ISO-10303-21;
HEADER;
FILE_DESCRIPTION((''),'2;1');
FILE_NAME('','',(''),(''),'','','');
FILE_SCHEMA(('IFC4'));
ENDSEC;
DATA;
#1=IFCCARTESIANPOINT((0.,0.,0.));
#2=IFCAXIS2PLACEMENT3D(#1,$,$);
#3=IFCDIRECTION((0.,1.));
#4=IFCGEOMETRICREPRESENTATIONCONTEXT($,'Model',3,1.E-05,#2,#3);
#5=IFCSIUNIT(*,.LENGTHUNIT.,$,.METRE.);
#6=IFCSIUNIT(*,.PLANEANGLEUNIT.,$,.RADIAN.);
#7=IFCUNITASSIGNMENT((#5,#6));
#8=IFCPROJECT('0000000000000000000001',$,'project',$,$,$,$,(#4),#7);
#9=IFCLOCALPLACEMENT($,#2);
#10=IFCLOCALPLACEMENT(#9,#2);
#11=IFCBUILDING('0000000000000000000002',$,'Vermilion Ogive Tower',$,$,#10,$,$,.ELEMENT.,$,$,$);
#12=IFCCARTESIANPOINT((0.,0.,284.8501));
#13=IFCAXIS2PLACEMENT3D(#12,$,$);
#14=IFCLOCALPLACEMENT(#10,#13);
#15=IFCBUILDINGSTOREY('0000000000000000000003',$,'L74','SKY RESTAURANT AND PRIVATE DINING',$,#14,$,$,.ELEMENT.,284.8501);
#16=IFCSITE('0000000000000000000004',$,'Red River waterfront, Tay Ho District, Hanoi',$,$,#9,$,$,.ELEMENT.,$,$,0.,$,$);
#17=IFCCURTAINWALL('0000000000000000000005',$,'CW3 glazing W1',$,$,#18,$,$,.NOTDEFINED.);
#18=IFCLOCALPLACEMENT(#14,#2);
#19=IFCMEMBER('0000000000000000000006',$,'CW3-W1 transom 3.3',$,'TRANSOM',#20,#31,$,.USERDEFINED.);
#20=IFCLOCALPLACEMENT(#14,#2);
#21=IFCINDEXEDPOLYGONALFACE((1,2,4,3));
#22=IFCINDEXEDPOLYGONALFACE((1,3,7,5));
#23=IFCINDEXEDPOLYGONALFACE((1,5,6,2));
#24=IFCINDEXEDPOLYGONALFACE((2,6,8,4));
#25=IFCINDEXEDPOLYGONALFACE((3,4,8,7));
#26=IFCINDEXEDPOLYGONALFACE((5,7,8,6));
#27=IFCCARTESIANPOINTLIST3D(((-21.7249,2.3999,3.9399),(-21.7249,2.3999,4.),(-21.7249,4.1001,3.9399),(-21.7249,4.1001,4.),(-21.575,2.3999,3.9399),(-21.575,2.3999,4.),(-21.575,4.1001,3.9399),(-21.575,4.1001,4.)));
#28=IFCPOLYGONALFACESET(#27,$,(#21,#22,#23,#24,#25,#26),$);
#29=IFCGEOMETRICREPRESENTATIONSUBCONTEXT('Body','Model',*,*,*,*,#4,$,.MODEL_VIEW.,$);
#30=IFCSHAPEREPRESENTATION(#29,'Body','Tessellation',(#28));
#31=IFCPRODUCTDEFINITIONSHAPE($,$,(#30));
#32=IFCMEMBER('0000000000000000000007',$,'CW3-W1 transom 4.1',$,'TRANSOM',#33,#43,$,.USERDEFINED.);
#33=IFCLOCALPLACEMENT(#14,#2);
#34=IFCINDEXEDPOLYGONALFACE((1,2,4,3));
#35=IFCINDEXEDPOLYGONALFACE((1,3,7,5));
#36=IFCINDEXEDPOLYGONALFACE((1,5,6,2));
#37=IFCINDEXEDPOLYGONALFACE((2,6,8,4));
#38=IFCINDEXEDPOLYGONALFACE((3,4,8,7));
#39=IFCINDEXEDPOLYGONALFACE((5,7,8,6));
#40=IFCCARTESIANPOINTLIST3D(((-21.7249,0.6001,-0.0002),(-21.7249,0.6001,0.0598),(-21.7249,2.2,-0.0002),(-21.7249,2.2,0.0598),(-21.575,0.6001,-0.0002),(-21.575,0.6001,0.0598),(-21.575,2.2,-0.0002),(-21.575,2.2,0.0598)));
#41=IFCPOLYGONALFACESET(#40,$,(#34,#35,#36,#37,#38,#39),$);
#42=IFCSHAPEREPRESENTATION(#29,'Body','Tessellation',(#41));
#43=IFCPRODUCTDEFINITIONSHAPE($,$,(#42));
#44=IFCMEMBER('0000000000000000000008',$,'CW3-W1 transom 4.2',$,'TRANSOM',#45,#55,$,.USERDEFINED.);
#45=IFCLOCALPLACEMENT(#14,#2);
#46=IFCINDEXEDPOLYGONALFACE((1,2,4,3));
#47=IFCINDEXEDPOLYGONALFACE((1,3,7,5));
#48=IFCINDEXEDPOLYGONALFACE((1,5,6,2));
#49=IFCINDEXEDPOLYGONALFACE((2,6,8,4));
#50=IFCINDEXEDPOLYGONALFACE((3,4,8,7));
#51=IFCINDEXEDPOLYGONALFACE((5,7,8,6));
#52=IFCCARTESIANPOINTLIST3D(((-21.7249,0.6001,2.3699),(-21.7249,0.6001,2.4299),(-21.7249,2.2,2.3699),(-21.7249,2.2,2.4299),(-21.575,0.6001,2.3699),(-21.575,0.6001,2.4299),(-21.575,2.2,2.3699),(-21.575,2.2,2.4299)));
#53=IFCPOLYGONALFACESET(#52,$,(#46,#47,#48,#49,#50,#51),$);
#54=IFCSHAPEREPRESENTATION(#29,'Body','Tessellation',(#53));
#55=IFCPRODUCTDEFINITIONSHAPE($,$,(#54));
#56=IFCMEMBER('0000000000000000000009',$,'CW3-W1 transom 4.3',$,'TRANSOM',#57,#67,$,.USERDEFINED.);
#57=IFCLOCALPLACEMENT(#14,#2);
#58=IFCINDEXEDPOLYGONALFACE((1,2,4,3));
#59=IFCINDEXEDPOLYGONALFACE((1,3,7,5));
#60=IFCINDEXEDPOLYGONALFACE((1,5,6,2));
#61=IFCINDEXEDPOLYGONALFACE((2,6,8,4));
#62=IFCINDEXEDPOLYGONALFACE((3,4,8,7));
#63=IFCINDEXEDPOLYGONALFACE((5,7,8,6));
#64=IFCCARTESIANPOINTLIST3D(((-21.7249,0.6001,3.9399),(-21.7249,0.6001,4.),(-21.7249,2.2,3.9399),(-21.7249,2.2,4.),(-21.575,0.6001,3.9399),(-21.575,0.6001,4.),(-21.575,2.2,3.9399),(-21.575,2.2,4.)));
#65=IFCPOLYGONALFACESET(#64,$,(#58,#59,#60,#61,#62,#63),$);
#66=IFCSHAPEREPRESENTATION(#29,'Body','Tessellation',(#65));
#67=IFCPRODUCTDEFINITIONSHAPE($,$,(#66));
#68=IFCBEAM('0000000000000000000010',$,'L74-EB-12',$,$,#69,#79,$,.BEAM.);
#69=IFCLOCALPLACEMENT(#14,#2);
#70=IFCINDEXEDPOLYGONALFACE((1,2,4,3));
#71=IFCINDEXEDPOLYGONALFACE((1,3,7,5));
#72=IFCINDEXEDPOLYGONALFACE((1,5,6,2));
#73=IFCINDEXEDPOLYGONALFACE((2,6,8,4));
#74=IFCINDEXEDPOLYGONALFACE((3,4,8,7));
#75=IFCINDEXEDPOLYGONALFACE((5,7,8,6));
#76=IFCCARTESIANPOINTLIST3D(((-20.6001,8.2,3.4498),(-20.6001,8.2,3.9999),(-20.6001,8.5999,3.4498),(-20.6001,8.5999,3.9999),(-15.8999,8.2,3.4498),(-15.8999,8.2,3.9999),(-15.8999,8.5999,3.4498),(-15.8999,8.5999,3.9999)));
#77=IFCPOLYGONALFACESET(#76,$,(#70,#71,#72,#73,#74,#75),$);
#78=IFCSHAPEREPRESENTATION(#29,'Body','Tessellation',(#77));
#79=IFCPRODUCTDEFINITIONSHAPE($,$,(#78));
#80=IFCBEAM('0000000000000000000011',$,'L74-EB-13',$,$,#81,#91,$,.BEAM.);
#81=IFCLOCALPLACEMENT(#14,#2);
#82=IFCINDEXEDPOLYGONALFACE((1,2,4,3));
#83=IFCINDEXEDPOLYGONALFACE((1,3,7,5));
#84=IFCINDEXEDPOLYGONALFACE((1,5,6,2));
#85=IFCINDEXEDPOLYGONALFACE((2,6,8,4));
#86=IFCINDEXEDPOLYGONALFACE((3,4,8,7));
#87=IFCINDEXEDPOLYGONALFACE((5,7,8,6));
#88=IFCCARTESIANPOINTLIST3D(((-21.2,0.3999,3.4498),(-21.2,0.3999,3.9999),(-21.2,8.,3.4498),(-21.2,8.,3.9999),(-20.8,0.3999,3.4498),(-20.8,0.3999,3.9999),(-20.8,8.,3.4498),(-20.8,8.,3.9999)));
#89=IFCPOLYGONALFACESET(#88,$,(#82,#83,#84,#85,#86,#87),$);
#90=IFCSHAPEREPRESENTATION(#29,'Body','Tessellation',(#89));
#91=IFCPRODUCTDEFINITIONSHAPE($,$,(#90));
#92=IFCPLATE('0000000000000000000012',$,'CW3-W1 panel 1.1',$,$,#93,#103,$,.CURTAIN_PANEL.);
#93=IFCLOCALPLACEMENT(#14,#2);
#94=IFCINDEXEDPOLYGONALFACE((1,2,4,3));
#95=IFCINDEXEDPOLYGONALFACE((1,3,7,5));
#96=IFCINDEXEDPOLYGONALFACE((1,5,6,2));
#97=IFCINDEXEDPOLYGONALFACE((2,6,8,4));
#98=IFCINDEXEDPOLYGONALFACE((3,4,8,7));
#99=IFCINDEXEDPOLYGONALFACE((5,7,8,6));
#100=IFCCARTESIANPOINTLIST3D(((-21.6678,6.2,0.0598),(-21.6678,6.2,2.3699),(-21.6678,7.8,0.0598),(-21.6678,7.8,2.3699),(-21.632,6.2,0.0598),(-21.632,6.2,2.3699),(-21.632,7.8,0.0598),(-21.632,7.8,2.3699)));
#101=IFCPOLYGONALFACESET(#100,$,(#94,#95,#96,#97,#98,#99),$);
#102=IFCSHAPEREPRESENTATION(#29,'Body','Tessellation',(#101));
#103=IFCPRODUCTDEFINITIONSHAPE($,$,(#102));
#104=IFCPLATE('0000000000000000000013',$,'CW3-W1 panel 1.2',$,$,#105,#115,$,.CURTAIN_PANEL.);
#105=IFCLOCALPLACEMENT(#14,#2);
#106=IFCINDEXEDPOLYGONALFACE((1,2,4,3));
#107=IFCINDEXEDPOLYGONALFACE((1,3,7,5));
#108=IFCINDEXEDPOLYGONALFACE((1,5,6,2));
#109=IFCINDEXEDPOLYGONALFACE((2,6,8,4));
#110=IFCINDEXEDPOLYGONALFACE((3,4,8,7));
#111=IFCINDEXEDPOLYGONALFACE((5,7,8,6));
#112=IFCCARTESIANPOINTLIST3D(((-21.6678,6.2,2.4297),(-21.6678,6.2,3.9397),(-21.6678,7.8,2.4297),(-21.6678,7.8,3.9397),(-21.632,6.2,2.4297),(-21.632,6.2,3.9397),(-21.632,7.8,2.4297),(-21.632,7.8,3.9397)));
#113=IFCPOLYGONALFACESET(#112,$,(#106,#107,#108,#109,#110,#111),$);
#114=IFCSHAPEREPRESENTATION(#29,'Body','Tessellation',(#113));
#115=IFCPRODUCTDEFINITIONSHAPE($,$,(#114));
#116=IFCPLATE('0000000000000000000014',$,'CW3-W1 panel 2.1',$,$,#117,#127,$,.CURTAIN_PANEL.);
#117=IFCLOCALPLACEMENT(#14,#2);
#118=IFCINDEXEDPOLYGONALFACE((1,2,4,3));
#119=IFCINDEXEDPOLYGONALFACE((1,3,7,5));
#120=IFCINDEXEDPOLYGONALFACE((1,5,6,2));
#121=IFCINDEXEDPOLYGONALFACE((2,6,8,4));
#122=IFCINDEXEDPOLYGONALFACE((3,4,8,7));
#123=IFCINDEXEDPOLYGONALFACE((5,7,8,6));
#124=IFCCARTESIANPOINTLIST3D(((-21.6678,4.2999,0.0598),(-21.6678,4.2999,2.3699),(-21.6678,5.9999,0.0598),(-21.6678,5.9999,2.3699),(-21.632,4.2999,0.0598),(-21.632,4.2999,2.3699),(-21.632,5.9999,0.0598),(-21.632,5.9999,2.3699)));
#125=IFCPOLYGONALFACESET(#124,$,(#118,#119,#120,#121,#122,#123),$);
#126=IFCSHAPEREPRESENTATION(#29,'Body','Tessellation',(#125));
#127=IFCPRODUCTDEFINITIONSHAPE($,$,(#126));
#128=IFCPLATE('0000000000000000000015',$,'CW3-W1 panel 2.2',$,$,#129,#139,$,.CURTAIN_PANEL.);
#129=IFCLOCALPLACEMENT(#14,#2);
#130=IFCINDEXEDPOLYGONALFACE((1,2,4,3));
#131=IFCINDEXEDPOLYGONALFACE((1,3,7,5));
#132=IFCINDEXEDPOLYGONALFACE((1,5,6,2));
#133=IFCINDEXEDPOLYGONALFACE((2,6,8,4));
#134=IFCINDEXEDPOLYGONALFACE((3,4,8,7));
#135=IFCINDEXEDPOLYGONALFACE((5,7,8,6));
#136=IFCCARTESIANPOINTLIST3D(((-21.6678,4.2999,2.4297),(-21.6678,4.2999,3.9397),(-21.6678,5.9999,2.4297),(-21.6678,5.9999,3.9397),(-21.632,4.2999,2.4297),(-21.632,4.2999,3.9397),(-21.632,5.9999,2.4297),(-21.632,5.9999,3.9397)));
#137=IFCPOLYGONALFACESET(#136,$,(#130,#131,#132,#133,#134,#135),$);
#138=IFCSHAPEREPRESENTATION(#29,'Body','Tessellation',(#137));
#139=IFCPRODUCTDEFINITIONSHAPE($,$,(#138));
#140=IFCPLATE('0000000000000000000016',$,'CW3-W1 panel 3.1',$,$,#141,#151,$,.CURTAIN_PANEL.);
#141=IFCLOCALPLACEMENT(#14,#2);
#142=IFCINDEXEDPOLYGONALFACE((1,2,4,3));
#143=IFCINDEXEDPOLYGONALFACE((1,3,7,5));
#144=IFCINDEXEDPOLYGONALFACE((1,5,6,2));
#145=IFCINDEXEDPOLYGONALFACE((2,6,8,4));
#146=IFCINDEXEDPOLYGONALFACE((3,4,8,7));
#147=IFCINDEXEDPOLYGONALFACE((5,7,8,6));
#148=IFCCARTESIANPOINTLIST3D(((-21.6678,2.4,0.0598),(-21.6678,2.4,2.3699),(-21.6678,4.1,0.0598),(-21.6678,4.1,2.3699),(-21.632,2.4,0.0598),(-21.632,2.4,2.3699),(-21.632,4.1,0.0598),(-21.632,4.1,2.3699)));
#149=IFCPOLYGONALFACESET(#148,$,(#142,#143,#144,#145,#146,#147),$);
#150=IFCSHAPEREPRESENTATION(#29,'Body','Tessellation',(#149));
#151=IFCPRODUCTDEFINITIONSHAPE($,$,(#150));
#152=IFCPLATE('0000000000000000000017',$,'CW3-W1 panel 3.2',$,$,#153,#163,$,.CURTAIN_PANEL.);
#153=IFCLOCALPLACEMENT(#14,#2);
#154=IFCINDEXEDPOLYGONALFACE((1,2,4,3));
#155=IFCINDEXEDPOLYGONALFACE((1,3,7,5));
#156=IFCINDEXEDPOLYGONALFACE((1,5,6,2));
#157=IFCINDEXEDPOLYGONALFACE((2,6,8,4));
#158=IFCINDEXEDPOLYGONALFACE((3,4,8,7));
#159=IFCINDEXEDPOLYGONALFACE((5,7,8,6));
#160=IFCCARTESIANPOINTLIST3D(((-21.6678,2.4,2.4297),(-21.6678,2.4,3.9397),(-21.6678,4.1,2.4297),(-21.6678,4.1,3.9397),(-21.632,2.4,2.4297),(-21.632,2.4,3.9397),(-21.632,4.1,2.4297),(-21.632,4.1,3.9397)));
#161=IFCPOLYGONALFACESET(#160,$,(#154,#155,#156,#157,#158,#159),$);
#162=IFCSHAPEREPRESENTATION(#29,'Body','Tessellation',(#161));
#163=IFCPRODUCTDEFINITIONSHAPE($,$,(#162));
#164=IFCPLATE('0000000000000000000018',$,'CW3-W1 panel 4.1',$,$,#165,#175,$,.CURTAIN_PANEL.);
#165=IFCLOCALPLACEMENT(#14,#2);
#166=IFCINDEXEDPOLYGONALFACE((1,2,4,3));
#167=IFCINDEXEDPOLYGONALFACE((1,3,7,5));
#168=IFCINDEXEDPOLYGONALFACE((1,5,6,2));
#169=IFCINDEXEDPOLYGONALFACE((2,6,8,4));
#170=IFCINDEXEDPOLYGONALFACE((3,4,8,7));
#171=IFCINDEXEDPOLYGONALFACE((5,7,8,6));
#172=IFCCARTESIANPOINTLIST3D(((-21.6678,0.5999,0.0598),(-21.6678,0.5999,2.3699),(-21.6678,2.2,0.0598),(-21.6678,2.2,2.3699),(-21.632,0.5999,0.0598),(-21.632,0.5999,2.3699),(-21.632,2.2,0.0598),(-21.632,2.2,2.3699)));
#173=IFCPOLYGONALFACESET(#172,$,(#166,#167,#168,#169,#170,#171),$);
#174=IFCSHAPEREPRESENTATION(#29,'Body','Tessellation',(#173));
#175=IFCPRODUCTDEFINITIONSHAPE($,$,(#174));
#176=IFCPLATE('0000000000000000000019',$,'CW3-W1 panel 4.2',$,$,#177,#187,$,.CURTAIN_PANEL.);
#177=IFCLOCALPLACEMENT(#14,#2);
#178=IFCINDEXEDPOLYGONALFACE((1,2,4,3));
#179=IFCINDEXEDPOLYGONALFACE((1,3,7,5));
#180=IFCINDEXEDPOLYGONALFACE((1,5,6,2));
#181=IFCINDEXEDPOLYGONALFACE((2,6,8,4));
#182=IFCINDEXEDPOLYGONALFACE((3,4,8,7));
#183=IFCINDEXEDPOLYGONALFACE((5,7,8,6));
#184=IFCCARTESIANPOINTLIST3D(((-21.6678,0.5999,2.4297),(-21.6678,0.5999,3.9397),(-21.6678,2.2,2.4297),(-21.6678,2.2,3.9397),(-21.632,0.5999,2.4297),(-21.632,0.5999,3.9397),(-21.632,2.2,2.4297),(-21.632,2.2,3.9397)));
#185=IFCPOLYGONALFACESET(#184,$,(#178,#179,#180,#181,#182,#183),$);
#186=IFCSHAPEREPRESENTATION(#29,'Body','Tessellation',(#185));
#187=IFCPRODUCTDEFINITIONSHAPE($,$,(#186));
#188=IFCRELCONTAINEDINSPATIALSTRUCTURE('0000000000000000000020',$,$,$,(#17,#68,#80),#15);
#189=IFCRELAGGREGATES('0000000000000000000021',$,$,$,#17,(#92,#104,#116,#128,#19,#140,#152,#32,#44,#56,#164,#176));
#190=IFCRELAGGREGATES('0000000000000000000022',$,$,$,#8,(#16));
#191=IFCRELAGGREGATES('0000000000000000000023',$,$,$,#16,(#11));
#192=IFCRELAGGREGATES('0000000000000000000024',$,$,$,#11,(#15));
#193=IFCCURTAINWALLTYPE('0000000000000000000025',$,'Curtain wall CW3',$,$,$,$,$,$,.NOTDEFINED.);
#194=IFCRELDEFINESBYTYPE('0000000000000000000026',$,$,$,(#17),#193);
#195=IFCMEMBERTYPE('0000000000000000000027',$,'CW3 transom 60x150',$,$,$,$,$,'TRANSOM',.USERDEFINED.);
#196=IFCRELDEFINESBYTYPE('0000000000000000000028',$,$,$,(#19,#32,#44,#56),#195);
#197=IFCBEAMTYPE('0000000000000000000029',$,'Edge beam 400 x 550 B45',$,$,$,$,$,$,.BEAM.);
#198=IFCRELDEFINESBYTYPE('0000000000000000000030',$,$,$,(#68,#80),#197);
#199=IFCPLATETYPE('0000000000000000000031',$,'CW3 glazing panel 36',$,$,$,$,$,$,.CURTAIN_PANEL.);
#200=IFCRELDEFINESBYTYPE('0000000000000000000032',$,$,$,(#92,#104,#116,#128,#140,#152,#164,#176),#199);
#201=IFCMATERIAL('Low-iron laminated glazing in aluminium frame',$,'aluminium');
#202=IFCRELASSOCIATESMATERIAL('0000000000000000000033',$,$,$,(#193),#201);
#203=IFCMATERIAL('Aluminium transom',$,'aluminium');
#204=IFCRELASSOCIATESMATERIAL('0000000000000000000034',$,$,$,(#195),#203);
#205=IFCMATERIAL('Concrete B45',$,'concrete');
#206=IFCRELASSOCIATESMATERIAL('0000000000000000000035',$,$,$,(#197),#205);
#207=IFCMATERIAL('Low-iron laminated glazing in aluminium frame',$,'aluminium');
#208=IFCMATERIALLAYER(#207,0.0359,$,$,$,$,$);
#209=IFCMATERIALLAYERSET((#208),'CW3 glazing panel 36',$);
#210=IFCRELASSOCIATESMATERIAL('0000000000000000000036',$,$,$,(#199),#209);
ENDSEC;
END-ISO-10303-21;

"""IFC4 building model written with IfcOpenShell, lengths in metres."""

from ifc_helpers import new_model, si_unit, direction, frame, origin, origin_2d, place, context, subcontext, project, spatial, rectangle, extrude, material, layer, layer_set, material_profile, profile_set, type_object, element, aggregate, save


model = new_model("IFC4")

# Units and contexts
model_context = context("Model", 3, precision=1e-05, world=origin(), true_north=direction((0.0, 1.0)))
body_context = subcontext(model_context, "Body", "Model", "MODEL_VIEW")
ifc_project = project(units=[si_unit("LENGTHUNIT", "METRE"), si_unit("PLANEANGLEUNIT", "RADIAN")], contexts=[model_context])

# Site, building, storey
site_placement = place(None, origin())
site = spatial("IfcSite", under=ifc_project, at=site_placement, Name="Red River waterfront, Tay Ho District, Hanoi", CompositionType="ELEMENT", RefElevation=0.0)
building_placement = place(site_placement, origin())
building = spatial("IfcBuilding", under=site, at=building_placement, Name="Vermilion Ogive Tower", CompositionType="ELEMENT")
storey_placement = place(building_placement, frame((0.0, 0.0, 284.8501)))
storey = spatial("IfcBuildingStorey", under=building, at=storey_placement, Name="L74", Description="SKY RESTAURANT AND PRIVATE DINING", CompositionType="ELEMENT", Elevation=284.8501)

# Curtain wall, members
ifc_material_1 = material(Name="Low-iron laminated glazing in aluminium frame", Category="aluminium")
curtain_wall_type = type_object("IfcCurtainWallType", Name="Curtain wall CW3", PredefinedType="NOTDEFINED", material=ifc_material_1)
curtain_wall_placement = place(storey_placement, origin())
curtain_wall = element("IfcCurtainWall", 1, at=curtain_wall_placement, inside=storey, type_object=curtain_wall_type, Name="CW3 glazing W1", PredefinedType="NOTDEFINED")
ifc_material_2 = material(Name="Aluminium transom", Category="aluminium")
ifc_material_profile_1 = material_profile(ifc_material_2, rectangle(XDim=0.1499, YDim=0.0601, at=origin_2d()), Name="AL 60x150")
ifc_profile_set_1 = profile_set([ifc_material_profile_1], Name="Aluminium transom")
member_type_1 = type_object("IfcMemberType", Name="CW3 transom 60x150", ElementType="TRANSOM", PredefinedType="USERDEFINED", material=ifc_profile_set_1)
member_1_placement = place(storey_placement, frame((-21.6499, 4.1001, 3.97), z_axis=(0.0, -1.0, 0.0), x_axis=(1.0, 0.0, 0.0)))
member_1 = element("IfcMember", 2, at=member_1_placement, type_object=member_type_1, Name="CW3-W1 transom 3.3", ObjectType="TRANSOM", PredefinedType="USERDEFINED", context=body_context, shape_type="SweptSolid", body=[
    extrude(rectangle(XDim=0.1499, YDim=0.0601, at=origin_2d()), origin(), (0.0, 0.0, 1.0), 1.7002),
])
member_2_placement = place(storey_placement, frame((-21.6499, 2.2, 0.0298), z_axis=(0.0, -1.0, 0.0), x_axis=(1.0, 0.0, 0.0)))
member_2 = element("IfcMember", 3, at=member_2_placement, type_object=member_type_1, Name="CW3-W1 transom 4.1", ObjectType="TRANSOM", PredefinedType="USERDEFINED", context=body_context, shape_type="SweptSolid", body=[
    extrude(rectangle(XDim=0.1499, YDim=0.0601, at=origin_2d()), origin(), (0.0, 0.0, 1.0), 1.5999),
])
member_3_placement = place(storey_placement, frame((-21.6499, 2.2, 2.3999), z_axis=(0.0, -1.0, 0.0), x_axis=(1.0, 0.0, 0.0)))
member_3 = element("IfcMember", 4, at=member_3_placement, type_object=member_type_1, Name="CW3-W1 transom 4.2", ObjectType="TRANSOM", PredefinedType="USERDEFINED", context=body_context, shape_type="SweptSolid", body=[
    extrude(rectangle(XDim=0.1499, YDim=0.0601, at=origin_2d()), origin(), (0.0, 0.0, 1.0), 1.5999),
])
member_4_placement = place(storey_placement, frame((-21.6499, 2.2, 3.97), z_axis=(0.0, -1.0, 0.0), x_axis=(1.0, 0.0, 0.0)))
member_4 = element("IfcMember", 5, at=member_4_placement, type_object=member_type_1, Name="CW3-W1 transom 4.3", ObjectType="TRANSOM", PredefinedType="USERDEFINED", context=body_context, shape_type="SweptSolid", body=[
    extrude(rectangle(XDim=0.1499, YDim=0.0601, at=origin_2d()), origin(), (0.0, 0.0, 1.0), 1.5999),
])

# Beams
ifc_material_3 = material(Name="Concrete B45", Category="concrete")
ifc_material_profile_2 = material_profile(ifc_material_3, rectangle(XDim=0.3999, YDim=0.55, at=origin_2d()), Name="400 x 550")
ifc_profile_set_2 = profile_set([ifc_material_profile_2], Name="Concrete B45")
beam_type = type_object("IfcBeamType", Name="Edge beam 400 x 550 B45", PredefinedType="BEAM", material=ifc_profile_set_2)
beam_1_placement = place(storey_placement, frame((-15.8999, 8.3999, 3.7249), z_axis=(-1.0, 0.0, 0.0), x_axis=(0.0, -1.0, 0.0)))
element("IfcBeam", 6, at=beam_1_placement, inside=storey, type_object=beam_type, Name="L74-EB-12", PredefinedType="BEAM", context=body_context, shape_type="SweptSolid", body=[
    extrude(rectangle(XDim=0.3999, YDim=0.55, at=origin_2d()), origin(), (0.0, 0.0, 1.0), 4.7002),
])
beam_2_placement = place(storey_placement, frame((-21.0, 8.0, 3.7249), z_axis=(0.0, -1.0, 0.0), x_axis=(1.0, 0.0, 0.0)))
element("IfcBeam", 7, at=beam_2_placement, inside=storey, type_object=beam_type, Name="L74-EB-13", PredefinedType="BEAM", context=body_context, shape_type="SweptSolid", body=[
    extrude(rectangle(XDim=0.3999, YDim=0.55, at=origin_2d()), origin(), (0.0, 0.0, 1.0), 7.6001),
])

# Plates
ifc_material_4 = material(Name="Low-iron laminated glazing in aluminium frame", Category="aluminium")
ifc_layer_1 = layer(ifc_material_4, 0.0359)
ifc_layer_set_1 = layer_set([ifc_layer_1], Name="CW3 glazing panel 36")
plate_type = type_object("IfcPlateType", Name="CW3 glazing panel 36", PredefinedType="CURTAIN_PANEL", material=ifc_layer_set_1)
plate_1_placement = place(storey_placement, frame((-21.6499, 7.0, 0.0598), z_axis=(0.0, 0.0, 1.0), x_axis=(0.0, -1.0, 0.0)))
plate_1 = element("IfcPlate", 8, at=plate_1_placement, type_object=plate_type, Name="CW3-W1 panel 1.1", PredefinedType="CURTAIN_PANEL", context=body_context, shape_type="SweptSolid", body=[
    extrude(rectangle(XDim=1.6001, YDim=0.0359, at=origin_2d()), origin(), (0.0, 0.0, 1.0), 2.3101),
])
plate_2_placement = place(storey_placement, frame((-21.6499, 7.0, 2.4297), z_axis=(0.0, 0.0, 1.0), x_axis=(0.0, -1.0, 0.0)))
plate_2 = element("IfcPlate", 9, at=plate_2_placement, type_object=plate_type, Name="CW3-W1 panel 1.2", PredefinedType="CURTAIN_PANEL", context=body_context, shape_type="SweptSolid", body=[
    extrude(rectangle(XDim=1.6001, YDim=0.0359, at=origin_2d()), origin(), (0.0, 0.0, 1.0), 1.51),
])
plate_3_placement = place(storey_placement, frame((-21.6499, 5.1499, 0.0598), z_axis=(0.0, 0.0, 1.0), x_axis=(0.0, -1.0, 0.0)))
plate_3 = element("IfcPlate", 10, at=plate_3_placement, type_object=plate_type, Name="CW3-W1 panel 2.1", PredefinedType="CURTAIN_PANEL", context=body_context, shape_type="SweptSolid", body=[
    extrude(rectangle(XDim=1.7, YDim=0.0359, at=origin_2d()), origin(), (0.0, 0.0, 1.0), 2.3101),
])
plate_4_placement = place(storey_placement, frame((-21.6499, 5.1499, 2.4297), z_axis=(0.0, 0.0, 1.0), x_axis=(0.0, -1.0, 0.0)))
plate_4 = element("IfcPlate", 11, at=plate_4_placement, type_object=plate_type, Name="CW3-W1 panel 2.2", PredefinedType="CURTAIN_PANEL", context=body_context, shape_type="SweptSolid", body=[
    extrude(rectangle(XDim=1.7, YDim=0.0359, at=origin_2d()), origin(), (0.0, 0.0, 1.0), 1.51),
])
plate_5_placement = place(storey_placement, frame((-21.6499, 3.25, 0.0598), z_axis=(0.0, 0.0, 1.0), x_axis=(0.0, -1.0, 0.0)))
plate_5 = element("IfcPlate", 12, at=plate_5_placement, type_object=plate_type, Name="CW3-W1 panel 3.1", PredefinedType="CURTAIN_PANEL", context=body_context, shape_type="SweptSolid", body=[
    extrude(rectangle(XDim=1.7, YDim=0.0359, at=origin_2d()), origin(), (0.0, 0.0, 1.0), 2.3101),
])
plate_6_placement = place(storey_placement, frame((-21.6499, 3.25, 2.4297), z_axis=(0.0, 0.0, 1.0), x_axis=(0.0, -1.0, 0.0)))
plate_6 = element("IfcPlate", 13, at=plate_6_placement, type_object=plate_type, Name="CW3-W1 panel 3.2", PredefinedType="CURTAIN_PANEL", context=body_context, shape_type="SweptSolid", body=[
    extrude(rectangle(XDim=1.7, YDim=0.0359, at=origin_2d()), origin(), (0.0, 0.0, 1.0), 1.51),
])
plate_7_placement = place(storey_placement, frame((-21.6499, 1.3999, 0.0598), z_axis=(0.0, 0.0, 1.0), x_axis=(0.0, -1.0, 0.0)))
plate_7 = element("IfcPlate", 14, at=plate_7_placement, type_object=plate_type, Name="CW3-W1 panel 4.1", PredefinedType="CURTAIN_PANEL", context=body_context, shape_type="SweptSolid", body=[
    extrude(rectangle(XDim=1.6001, YDim=0.0359, at=origin_2d()), origin(), (0.0, 0.0, 1.0), 2.3101),
])
plate_8_placement = place(storey_placement, frame((-21.6499, 1.3999, 2.4297), z_axis=(0.0, 0.0, 1.0), x_axis=(0.0, -1.0, 0.0)))
plate_8 = element("IfcPlate", 15, at=plate_8_placement, type_object=plate_type, Name="CW3-W1 panel 4.2", PredefinedType="CURTAIN_PANEL", context=body_context, shape_type="SweptSolid", body=[
    extrude(rectangle(XDim=1.6001, YDim=0.0359, at=origin_2d()), origin(), (0.0, 0.0, 1.0), 1.51),
])
aggregate(curtain_wall, [plate_1, plate_2, plate_3, plate_4, member_1, plate_5, plate_6, member_2, member_3, member_4, plate_7, plate_8])

save(model, "model.ifc")
